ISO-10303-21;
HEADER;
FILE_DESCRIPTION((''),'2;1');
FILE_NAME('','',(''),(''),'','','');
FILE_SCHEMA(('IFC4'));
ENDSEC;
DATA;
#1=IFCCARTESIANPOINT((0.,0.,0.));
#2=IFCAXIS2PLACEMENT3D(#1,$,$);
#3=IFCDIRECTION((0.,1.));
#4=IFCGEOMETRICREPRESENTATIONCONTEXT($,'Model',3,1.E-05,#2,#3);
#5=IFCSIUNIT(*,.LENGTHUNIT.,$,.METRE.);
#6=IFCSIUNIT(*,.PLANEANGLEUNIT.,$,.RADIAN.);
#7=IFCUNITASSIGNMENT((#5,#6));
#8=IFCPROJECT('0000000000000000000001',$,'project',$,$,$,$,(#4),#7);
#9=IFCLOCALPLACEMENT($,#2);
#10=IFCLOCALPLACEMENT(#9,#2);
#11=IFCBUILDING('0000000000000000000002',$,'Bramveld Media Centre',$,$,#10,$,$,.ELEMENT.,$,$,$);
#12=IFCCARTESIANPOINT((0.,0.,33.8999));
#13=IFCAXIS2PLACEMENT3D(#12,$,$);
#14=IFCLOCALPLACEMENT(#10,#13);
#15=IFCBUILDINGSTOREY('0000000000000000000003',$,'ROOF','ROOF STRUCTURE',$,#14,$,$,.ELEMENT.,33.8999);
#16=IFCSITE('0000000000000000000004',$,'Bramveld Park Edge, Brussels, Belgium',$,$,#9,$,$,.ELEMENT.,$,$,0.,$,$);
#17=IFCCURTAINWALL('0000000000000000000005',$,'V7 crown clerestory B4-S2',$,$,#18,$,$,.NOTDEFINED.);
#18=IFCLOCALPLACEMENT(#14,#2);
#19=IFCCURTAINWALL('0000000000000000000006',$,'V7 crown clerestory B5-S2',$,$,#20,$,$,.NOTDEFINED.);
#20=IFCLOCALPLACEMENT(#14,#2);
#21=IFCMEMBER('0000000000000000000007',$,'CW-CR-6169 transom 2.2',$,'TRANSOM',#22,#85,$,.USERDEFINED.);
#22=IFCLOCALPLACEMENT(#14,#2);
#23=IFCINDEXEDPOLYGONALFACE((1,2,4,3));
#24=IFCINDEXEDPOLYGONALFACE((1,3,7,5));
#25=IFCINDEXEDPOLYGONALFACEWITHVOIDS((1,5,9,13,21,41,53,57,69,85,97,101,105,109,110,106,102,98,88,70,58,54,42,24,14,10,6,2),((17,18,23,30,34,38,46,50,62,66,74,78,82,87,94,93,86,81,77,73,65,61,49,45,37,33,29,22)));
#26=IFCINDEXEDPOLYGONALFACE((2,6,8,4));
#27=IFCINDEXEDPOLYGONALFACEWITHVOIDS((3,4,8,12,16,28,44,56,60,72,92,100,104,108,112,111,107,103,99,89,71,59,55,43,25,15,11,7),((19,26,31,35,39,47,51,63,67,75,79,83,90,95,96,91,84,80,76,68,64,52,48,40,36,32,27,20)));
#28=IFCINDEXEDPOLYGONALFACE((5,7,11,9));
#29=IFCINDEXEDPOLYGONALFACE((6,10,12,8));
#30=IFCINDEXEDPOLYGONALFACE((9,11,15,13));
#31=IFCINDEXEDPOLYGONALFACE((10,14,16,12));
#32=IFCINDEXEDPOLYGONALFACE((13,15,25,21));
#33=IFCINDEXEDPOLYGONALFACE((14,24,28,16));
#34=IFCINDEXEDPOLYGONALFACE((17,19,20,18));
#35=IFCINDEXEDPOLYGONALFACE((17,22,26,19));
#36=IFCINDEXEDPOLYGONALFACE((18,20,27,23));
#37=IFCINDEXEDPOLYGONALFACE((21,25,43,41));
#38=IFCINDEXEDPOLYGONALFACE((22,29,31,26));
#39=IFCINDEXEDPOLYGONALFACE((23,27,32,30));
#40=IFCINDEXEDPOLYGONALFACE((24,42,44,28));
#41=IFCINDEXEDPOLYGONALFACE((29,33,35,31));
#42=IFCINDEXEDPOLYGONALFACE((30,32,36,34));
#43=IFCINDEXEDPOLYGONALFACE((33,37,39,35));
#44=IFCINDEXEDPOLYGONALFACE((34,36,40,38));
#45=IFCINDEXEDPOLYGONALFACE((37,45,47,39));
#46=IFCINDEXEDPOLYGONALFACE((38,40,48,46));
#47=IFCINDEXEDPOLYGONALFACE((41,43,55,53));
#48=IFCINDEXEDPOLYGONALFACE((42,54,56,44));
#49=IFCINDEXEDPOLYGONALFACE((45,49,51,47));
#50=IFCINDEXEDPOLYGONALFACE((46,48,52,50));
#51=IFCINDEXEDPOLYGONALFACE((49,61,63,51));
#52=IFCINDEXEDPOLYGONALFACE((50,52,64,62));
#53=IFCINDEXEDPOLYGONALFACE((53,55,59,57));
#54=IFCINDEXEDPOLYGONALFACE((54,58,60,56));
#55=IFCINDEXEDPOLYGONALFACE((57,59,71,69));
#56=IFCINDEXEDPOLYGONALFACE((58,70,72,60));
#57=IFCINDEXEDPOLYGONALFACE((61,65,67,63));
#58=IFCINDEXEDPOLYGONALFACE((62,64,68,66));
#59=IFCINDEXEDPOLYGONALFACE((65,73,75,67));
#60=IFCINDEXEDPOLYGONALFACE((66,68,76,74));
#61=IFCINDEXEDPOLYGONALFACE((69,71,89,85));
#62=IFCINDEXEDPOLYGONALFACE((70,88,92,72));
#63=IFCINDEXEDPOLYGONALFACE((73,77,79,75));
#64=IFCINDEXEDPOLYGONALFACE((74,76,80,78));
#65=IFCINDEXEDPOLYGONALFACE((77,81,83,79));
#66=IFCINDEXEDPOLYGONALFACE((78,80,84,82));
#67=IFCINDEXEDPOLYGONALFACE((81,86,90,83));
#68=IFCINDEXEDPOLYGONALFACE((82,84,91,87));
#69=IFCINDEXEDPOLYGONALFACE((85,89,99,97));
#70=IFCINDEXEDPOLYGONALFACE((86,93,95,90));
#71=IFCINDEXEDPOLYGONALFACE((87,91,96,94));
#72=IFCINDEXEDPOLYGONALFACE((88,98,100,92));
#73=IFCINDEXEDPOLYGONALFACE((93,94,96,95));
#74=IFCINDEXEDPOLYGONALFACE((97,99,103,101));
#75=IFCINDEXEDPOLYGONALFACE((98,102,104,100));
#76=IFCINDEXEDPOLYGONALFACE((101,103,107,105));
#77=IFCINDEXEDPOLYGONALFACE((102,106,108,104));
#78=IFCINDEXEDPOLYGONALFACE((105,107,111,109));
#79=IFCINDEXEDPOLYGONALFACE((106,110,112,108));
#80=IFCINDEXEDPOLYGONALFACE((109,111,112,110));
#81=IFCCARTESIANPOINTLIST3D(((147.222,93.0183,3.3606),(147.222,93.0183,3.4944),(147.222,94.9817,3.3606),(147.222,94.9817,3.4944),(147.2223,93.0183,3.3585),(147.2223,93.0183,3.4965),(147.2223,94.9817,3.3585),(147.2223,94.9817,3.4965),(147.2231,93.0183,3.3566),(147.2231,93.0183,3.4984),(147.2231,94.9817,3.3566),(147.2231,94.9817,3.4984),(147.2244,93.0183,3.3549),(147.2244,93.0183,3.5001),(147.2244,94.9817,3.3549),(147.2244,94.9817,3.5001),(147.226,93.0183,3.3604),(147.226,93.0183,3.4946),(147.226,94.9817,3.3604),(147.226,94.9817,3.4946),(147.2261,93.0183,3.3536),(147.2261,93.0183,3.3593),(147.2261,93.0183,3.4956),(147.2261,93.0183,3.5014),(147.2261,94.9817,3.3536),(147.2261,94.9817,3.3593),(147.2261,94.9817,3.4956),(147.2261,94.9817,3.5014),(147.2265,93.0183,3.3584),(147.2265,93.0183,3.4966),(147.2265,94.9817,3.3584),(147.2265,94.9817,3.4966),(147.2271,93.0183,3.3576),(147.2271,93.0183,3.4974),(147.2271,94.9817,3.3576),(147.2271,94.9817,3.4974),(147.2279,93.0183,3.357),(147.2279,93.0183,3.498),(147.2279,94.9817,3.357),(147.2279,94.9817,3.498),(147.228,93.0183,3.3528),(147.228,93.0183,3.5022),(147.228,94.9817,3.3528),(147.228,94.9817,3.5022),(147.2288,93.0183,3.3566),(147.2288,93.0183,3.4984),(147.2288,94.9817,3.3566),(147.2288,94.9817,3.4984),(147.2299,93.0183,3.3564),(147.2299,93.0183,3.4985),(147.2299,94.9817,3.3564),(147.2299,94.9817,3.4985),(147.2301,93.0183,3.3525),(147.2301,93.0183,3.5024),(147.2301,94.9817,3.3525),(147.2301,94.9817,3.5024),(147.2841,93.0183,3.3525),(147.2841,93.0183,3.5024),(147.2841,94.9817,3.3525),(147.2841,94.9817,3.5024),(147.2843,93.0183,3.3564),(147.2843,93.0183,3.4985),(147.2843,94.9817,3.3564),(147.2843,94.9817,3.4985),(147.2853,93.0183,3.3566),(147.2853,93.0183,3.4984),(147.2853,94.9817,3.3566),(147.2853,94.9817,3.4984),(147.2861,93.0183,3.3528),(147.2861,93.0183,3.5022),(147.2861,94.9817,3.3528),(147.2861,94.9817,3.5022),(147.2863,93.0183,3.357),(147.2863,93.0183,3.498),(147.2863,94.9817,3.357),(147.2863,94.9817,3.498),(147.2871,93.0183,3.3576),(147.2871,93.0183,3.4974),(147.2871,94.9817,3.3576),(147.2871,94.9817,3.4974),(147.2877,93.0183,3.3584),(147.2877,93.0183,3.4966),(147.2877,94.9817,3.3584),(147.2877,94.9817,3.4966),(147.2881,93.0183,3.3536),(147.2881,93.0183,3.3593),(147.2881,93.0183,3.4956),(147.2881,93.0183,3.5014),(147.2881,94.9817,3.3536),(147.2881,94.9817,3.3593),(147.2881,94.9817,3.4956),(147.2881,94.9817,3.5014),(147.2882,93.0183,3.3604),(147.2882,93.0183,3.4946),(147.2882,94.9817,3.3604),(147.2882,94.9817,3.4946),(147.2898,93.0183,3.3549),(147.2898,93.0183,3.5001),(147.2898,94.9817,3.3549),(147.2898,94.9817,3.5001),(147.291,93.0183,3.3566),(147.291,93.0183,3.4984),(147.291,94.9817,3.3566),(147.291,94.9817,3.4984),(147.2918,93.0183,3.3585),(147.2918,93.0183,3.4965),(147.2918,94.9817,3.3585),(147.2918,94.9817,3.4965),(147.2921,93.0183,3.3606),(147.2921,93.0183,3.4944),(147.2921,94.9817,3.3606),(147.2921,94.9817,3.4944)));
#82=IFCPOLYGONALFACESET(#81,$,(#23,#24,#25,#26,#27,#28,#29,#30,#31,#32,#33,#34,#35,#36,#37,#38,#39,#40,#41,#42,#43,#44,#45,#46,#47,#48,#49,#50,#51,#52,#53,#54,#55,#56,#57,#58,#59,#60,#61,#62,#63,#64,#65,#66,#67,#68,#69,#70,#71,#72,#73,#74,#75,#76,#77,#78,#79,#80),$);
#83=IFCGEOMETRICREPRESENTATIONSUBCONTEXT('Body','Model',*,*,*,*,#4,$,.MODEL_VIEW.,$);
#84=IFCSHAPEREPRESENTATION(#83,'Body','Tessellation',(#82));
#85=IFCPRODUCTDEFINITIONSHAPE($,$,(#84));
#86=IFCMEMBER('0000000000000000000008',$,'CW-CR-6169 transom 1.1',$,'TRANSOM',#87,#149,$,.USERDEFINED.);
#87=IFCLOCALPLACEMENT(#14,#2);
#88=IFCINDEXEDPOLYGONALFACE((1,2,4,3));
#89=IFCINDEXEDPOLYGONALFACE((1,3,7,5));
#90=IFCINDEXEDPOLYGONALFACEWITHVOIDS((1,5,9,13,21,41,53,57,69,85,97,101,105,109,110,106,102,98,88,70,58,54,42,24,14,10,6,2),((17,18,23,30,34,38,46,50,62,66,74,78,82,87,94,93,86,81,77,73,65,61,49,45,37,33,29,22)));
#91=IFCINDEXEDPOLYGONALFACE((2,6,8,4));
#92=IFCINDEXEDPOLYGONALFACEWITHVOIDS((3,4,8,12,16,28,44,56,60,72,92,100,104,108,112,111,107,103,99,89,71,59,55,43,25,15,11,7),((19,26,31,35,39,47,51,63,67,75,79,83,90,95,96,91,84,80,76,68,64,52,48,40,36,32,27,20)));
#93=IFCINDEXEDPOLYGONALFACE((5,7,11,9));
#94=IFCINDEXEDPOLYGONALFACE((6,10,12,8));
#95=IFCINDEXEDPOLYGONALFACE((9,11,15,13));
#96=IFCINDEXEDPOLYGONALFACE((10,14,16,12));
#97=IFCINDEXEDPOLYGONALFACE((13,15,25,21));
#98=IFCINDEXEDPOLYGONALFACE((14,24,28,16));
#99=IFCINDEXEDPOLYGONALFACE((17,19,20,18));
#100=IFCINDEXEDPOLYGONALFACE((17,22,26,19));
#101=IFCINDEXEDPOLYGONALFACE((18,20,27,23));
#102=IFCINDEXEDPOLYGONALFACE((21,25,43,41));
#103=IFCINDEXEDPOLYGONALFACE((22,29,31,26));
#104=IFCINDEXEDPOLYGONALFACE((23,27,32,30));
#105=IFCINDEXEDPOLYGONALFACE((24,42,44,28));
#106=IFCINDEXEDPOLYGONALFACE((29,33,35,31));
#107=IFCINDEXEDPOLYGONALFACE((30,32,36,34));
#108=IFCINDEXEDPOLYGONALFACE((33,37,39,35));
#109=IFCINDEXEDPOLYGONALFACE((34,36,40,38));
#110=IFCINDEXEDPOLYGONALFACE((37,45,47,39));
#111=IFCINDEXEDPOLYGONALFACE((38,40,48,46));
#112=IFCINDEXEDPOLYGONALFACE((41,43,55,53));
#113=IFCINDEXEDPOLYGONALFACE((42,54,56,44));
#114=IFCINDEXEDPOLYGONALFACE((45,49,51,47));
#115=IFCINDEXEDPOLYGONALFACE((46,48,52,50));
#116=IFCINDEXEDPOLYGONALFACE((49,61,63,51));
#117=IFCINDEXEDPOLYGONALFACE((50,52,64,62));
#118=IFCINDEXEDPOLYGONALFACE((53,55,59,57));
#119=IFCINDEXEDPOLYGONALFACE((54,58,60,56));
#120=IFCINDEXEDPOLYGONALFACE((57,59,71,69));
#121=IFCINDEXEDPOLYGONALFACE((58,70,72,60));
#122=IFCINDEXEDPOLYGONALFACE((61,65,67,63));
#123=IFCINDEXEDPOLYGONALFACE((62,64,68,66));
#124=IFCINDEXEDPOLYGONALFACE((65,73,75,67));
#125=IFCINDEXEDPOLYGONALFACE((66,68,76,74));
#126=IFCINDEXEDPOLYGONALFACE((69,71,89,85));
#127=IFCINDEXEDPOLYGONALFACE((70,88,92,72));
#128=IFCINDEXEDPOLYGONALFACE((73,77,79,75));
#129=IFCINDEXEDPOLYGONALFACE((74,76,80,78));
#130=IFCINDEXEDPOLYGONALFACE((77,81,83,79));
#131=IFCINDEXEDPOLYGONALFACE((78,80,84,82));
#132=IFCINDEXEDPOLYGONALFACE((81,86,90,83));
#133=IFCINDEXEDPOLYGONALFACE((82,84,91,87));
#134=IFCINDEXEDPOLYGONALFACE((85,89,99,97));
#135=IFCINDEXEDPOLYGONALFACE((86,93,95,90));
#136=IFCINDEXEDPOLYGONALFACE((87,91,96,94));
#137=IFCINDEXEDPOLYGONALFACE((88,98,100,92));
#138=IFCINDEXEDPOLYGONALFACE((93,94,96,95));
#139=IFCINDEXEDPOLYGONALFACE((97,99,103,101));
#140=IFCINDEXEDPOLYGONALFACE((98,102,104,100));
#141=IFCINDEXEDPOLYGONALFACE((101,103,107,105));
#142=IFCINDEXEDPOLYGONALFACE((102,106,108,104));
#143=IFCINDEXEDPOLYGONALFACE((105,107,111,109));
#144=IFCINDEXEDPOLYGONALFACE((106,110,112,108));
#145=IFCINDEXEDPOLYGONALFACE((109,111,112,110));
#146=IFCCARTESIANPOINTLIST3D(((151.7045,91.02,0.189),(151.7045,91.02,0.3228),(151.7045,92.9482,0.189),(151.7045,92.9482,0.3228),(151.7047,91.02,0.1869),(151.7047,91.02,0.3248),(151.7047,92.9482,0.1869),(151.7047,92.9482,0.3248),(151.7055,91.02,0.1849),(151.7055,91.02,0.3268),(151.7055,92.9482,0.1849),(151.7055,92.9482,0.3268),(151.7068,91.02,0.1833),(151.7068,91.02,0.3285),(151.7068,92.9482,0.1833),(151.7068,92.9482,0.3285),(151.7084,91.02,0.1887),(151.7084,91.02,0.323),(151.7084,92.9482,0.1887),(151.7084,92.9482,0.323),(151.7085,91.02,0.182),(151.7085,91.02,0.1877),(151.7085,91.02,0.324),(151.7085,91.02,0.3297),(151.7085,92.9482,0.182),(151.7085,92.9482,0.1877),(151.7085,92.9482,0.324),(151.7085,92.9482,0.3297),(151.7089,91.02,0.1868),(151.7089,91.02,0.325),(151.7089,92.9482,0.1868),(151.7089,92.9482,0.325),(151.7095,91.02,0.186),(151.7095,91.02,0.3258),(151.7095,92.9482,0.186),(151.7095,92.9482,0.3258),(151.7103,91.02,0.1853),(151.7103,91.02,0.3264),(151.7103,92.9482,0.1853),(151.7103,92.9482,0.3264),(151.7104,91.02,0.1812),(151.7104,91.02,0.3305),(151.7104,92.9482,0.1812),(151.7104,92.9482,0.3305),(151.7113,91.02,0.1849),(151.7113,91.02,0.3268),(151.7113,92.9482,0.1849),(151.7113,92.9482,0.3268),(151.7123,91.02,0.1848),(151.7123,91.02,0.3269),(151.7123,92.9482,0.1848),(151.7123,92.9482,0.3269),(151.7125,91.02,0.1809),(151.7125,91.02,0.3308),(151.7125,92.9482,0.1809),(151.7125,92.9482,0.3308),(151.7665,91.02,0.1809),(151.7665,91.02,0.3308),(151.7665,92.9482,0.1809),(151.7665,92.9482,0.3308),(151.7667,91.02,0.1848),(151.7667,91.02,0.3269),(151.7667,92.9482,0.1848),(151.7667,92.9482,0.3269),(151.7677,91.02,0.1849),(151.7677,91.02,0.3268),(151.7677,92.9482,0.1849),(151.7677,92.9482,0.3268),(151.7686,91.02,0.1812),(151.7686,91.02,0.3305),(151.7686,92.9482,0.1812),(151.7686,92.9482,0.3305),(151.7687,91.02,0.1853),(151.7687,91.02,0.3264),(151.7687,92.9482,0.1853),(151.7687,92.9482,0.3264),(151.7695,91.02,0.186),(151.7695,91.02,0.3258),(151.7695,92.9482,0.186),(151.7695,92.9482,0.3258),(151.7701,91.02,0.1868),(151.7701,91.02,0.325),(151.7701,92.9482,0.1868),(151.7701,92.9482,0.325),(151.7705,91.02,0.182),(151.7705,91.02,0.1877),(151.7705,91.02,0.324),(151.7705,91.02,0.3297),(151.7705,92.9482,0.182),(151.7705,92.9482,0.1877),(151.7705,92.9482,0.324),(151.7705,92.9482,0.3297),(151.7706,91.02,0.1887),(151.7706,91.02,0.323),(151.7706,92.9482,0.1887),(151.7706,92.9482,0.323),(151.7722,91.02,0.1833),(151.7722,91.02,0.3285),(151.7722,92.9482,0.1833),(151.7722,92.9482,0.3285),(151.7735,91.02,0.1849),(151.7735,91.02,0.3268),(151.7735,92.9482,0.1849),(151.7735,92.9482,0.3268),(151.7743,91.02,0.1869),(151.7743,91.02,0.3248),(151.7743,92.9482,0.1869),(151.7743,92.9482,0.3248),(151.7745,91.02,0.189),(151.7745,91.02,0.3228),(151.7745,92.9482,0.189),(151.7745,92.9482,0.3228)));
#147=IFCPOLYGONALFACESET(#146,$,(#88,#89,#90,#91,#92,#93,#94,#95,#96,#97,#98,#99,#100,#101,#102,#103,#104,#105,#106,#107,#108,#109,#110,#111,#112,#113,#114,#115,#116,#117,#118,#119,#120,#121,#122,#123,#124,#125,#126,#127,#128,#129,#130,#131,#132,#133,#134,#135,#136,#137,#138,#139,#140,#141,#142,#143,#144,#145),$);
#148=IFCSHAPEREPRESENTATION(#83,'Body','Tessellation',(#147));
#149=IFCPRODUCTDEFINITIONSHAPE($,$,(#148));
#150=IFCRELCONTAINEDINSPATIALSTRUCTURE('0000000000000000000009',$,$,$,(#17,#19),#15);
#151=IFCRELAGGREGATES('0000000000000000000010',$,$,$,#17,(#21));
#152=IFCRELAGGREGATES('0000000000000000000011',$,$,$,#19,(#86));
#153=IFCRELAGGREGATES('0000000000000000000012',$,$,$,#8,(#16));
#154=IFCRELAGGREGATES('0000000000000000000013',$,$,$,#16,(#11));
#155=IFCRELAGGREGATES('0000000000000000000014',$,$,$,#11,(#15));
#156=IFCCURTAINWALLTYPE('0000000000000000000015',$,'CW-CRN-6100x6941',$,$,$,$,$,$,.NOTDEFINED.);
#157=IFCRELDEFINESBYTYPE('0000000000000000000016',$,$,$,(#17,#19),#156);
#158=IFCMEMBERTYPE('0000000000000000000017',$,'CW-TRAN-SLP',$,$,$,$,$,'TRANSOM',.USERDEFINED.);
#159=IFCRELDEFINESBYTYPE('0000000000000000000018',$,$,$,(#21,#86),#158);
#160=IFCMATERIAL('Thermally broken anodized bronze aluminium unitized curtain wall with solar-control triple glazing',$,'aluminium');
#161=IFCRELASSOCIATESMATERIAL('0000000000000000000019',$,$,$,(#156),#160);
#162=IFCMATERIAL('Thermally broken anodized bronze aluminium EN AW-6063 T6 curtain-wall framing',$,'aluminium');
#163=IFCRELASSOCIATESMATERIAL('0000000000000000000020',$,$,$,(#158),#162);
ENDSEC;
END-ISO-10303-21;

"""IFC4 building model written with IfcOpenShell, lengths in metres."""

from ifc_helpers import new_model, si_unit, direction, frame, origin, origin_2d, place, context, subcontext, project, spatial, hollow_rectangle, extrude, material, material_profile, profile_set, type_object, element, aggregate, save


model = new_model("IFC4")

# Units and contexts
model_context = context("Model", 3, precision=1e-05, world=origin(), true_north=direction((0.0, 1.0)))
body_context = subcontext(model_context, "Body", "Model", "MODEL_VIEW")
ifc_project = project(units=[si_unit("LENGTHUNIT", "METRE"), si_unit("PLANEANGLEUNIT", "RADIAN")], contexts=[model_context])

# Site, building, storey
site_placement = place(None, origin())
site = spatial("IfcSite", under=ifc_project, at=site_placement, Name="Bramveld Park Edge, Brussels, Belgium", CompositionType="ELEMENT", RefElevation=0.0)
building_placement = place(site_placement, origin())
building = spatial("IfcBuilding", under=site, at=building_placement, Name="Bramveld Media Centre", CompositionType="ELEMENT")
storey_placement = place(building_placement, frame((0.0, 0.0, 33.8999)))
storey = spatial("IfcBuildingStorey", under=building, at=storey_placement, Name="ROOF", Description="ROOF STRUCTURE", CompositionType="ELEMENT", Elevation=33.8999)

# Shared definitions
ifc_material_1 = material(Name="Thermally broken anodized bronze aluminium unitized curtain wall with solar-control triple glazing", Category="aluminium")
curtain_wall_type = type_object("IfcCurtainWallType", Name="CW-CRN-6100x6941", PredefinedType="NOTDEFINED", material=ifc_material_1)

# Curtain wall
curtain_wall_1_placement = place(storey_placement, origin())
curtain_wall_1 = element("IfcCurtainWall", 1, at=curtain_wall_1_placement, inside=storey, type_object=curtain_wall_type, Name="V7 crown clerestory B4-S2", PredefinedType="NOTDEFINED")

# Curtain wall
curtain_wall_2_placement = place(storey_placement, origin())
curtain_wall_2 = element("IfcCurtainWall", 2, at=curtain_wall_2_placement, inside=storey, type_object=curtain_wall_type, Name="V7 crown clerestory B5-S2", PredefinedType="NOTDEFINED")

# Members
ifc_material_2 = material(Name="Thermally broken anodized bronze aluminium EN AW-6063 T6 curtain-wall framing", Category="aluminium")
ifc_material_profile_1 = material_profile(ifc_material_2, hollow_rectangle(XDim=0.0701, YDim=0.1499, WallThickness=0.0039, InnerFilletRadius=0.0039, OuterFilletRadius=0.0081, at=origin_2d()), Name="AL-TRAN 70x150")
ifc_profile_set_1 = profile_set([ifc_material_profile_1], Name="Thermally broken anodized bronze aluminium EN AW-6063 T6 curtain-wall framing")
member_type_1 = type_object("IfcMemberType", Name="CW-TRAN-SLP", ElementType="TRANSOM", PredefinedType="USERDEFINED", material=ifc_profile_set_1)
member_1_placement = place(storey_placement, frame((147.2571, 93.0183, 3.4275), z_axis=(0.0, 1.0, 0.0), x_axis=(-1.0, 0.0, 0.0)))
member_1 = element("IfcMember", 3, at=member_1_placement, type_object=member_type_1, Name="CW-CR-6169 transom 2.2", ObjectType="TRANSOM", PredefinedType="USERDEFINED", context=body_context, shape_type="SweptSolid", body=[
    extrude(hollow_rectangle(XDim=0.0701, YDim=0.1499, WallThickness=0.0039, InnerFilletRadius=0.0039, OuterFilletRadius=0.0081, at=origin_2d()), origin(), (0.0, 0.0, 1.0), 1.9634),
])
member_2_placement = place(storey_placement, frame((151.7395, 91.02, 0.2559), z_axis=(0.0, 1.0, 0.0), x_axis=(-1.0, 0.0, 0.0)))
member_2 = element("IfcMember", 4, at=member_2_placement, type_object=member_type_1, Name="CW-CR-6169 transom 1.1", ObjectType="TRANSOM", PredefinedType="USERDEFINED", context=body_context, shape_type="SweptSolid", body=[
    extrude(hollow_rectangle(XDim=0.0701, YDim=0.1499, WallThickness=0.0039, InnerFilletRadius=0.0039, OuterFilletRadius=0.0081, at=origin_2d()), origin(), (0.0, 0.0, 1.0), 1.9282),
])

aggregate(curtain_wall_1, [member_1])
aggregate(curtain_wall_2, [member_2])

save(model, "model.ifc")
